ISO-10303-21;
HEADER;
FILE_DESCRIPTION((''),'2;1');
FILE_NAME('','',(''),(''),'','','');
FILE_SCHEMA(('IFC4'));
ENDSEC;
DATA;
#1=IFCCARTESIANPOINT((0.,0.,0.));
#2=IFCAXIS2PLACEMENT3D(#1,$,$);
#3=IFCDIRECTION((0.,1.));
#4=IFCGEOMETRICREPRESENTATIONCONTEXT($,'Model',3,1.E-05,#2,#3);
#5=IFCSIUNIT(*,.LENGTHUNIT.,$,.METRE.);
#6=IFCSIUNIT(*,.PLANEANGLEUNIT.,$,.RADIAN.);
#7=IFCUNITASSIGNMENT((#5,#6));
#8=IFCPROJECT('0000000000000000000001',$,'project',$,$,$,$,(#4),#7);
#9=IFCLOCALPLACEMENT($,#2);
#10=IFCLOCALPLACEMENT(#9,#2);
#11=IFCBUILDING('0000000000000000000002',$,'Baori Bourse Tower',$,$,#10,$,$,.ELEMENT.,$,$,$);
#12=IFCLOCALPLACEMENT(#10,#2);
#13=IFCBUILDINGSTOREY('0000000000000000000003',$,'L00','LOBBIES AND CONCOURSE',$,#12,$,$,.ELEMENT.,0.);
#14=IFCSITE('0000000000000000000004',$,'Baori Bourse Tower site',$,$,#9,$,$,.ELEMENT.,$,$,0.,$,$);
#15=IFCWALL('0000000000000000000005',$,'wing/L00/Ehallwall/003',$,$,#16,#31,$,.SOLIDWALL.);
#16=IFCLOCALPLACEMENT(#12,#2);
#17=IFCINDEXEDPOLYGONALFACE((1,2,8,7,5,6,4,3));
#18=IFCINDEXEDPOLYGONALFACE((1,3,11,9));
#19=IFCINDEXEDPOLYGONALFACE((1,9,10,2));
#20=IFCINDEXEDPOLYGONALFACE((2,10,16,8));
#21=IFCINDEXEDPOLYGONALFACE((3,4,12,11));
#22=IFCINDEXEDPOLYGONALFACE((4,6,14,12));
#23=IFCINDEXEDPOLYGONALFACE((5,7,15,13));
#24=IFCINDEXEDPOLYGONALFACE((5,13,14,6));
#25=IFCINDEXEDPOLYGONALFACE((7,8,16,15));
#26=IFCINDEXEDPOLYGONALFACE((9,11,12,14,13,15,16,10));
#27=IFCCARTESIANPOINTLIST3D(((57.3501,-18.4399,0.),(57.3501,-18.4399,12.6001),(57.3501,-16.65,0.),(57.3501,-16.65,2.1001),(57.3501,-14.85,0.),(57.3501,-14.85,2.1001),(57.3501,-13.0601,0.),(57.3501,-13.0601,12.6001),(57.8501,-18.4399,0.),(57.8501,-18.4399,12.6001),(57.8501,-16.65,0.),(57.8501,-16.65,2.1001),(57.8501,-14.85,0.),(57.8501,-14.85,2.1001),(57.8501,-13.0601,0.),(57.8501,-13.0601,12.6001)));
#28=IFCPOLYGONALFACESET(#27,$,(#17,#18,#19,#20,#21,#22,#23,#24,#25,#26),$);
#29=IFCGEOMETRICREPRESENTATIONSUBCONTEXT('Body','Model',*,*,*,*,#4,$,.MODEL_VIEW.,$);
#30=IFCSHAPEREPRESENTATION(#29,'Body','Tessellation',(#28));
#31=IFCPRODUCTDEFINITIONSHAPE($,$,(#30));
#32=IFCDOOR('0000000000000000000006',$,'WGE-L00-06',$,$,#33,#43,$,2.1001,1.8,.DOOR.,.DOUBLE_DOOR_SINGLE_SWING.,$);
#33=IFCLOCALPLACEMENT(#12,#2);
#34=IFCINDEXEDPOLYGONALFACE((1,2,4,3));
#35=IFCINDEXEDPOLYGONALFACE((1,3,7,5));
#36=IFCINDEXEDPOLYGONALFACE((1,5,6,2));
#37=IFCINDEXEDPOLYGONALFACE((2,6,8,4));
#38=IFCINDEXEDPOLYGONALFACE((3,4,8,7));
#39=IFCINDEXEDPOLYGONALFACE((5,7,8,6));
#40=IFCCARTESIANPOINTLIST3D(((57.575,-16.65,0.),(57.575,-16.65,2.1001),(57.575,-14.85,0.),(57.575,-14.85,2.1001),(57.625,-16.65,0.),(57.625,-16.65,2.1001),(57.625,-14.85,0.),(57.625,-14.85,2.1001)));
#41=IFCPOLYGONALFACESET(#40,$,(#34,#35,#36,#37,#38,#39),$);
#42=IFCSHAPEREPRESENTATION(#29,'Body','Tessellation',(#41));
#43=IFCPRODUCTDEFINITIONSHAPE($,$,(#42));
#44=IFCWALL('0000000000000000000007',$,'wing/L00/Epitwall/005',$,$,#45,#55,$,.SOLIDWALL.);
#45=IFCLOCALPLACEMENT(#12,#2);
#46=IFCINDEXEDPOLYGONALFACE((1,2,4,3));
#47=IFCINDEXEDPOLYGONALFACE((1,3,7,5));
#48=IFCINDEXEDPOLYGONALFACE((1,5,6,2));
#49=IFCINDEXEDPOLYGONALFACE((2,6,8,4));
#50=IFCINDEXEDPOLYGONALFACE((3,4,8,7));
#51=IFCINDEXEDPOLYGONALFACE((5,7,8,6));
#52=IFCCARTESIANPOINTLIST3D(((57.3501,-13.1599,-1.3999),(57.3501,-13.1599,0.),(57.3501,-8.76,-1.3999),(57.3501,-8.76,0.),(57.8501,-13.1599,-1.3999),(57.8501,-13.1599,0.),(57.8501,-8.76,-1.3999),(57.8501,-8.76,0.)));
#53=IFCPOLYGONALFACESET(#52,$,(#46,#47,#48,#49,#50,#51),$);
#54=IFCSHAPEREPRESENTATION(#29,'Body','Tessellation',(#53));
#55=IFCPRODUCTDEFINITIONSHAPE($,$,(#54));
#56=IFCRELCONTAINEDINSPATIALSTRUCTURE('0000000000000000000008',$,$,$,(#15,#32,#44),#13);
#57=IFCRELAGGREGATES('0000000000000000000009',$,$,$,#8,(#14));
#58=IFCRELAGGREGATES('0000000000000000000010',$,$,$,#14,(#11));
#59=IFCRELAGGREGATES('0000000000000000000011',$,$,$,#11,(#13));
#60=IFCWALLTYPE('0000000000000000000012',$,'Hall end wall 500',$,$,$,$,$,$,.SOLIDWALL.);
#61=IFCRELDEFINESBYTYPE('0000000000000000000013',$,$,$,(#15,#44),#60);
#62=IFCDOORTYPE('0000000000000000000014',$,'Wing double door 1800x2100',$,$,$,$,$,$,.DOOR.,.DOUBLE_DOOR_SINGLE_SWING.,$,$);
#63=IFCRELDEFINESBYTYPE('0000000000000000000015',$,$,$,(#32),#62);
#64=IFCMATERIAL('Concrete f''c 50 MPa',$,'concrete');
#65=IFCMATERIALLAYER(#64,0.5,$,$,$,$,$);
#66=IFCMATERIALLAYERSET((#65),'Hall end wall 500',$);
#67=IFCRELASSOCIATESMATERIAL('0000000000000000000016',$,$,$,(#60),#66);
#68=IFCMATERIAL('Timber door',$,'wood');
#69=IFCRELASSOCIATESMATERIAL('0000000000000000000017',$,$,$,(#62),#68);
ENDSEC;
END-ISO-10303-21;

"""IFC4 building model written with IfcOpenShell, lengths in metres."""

from ifc_helpers import new_model, si_unit, direction, frame, frame_2d, origin, place, context, subcontext, project, spatial, rectangle, extrude, material, layer, layer_set, type_object, element, fill, save


model = new_model("IFC4")

# Units and contexts
model_context = context("Model", 3, precision=1e-05, world=origin(), true_north=direction((0.0, 1.0)))
body_context = subcontext(model_context, "Body", "Model", "MODEL_VIEW")
ifc_project = project(units=[si_unit("LENGTHUNIT", "METRE"), si_unit("PLANEANGLEUNIT", "RADIAN")], contexts=[model_context])

# Site, building, storey
site_placement = place(None, origin())
site = spatial("IfcSite", under=ifc_project, at=site_placement, Name="Baori Bourse Tower site", CompositionType="ELEMENT", RefElevation=0.0)
building_placement = place(site_placement, origin())
building = spatial("IfcBuilding", under=site, at=building_placement, Name="Baori Bourse Tower", CompositionType="ELEMENT")
storey_placement = place(building_placement, origin())
storey = spatial("IfcBuildingStorey", under=building, at=storey_placement, Name="L00", Description="LOBBIES AND CONCOURSE", CompositionType="ELEMENT", Elevation=0.0)

# Shared definitions
ifc_material_1 = material(Name="Concrete f'c 50 MPa", Category="concrete")
ifc_layer = layer(ifc_material_1, 0.5)
ifc_layer_set = layer_set([ifc_layer], Name="Hall end wall 500")
wall_type = type_object("IfcWallType", Name="Hall end wall 500", PredefinedType="SOLIDWALL", material=ifc_layer_set)

# Wall, opening, door
wall_1_placement = place(storey_placement, frame((57.6001, -13.0601, 0.0), z_axis=(0.0, 0.0, 1.0), x_axis=(0.0, -1.0, 0.0)))
wall_1 = element("IfcWall", 1, at=wall_1_placement, inside=storey, type_object=wall_type, Name="wing/L00/Ehallwall/003", PredefinedType="SOLIDWALL", context=body_context, shape_type="SweptSolid", body=[
    extrude(rectangle(XDim=5.3799, YDim=0.5, at=frame_2d((2.6899, 0.0))), origin(), (0.0, 0.0, 1.0), 12.6001),
])
opening_placement = place(wall_1_placement, frame((1.79, 0.0, 0.0)))
opening = element("IfcOpeningElement", 2, at=opening_placement, cuts=wall_1, PredefinedType="OPENING", context=body_context, shape_type="SweptSolid", body=[
    extrude(rectangle(XDim=1.8, YDim=2.1001, at=frame_2d((0.8999, 1.05))), frame((0.0, 0.26, 0.0), z_axis=(0.0, -1.0, 0.0), x_axis=(1.0, 0.0, 0.0)), (0.0, 0.0, 1.0), 0.52),
])
ifc_material_2 = material(Name="Timber door", Category="wood")
door_type = type_object("IfcDoorType", Name="Wing double door 1800x2100", OperationType="DOUBLE_DOOR_SINGLE_SWING", PredefinedType="DOOR", material=ifc_material_2)
door_placement = place(opening_placement, origin())
door = element("IfcDoor", 3, at=door_placement, inside=storey, type_object=door_type, Name="WGE-L00-06", OperationType="DOUBLE_DOOR_SINGLE_SWING", OverallHeight=2.1001, OverallWidth=1.8, PredefinedType="DOOR", context=body_context, shape_type="SweptSolid", body=[
    extrude(rectangle(XDim=1.8, YDim=2.1001, at=frame_2d((0.8999, 1.05))), frame((0.0, 0.0249, 0.0), z_axis=(0.0, -1.0, 0.0), x_axis=(1.0, 0.0, 0.0)), (0.0, 0.0, 1.0), 0.05),
])
fill(opening, door)

# Wall
wall_2_placement = place(storey_placement, frame((57.6001, -8.76, -1.3999), z_axis=(0.0, 0.0, 1.0), x_axis=(0.0, -1.0, 0.0)))
element("IfcWall", 4, at=wall_2_placement, inside=storey, type_object=wall_type, Name="wing/L00/Epitwall/005", PredefinedType="SOLIDWALL", context=body_context, shape_type="SweptSolid", body=[
    extrude(rectangle(XDim=4.3999, YDim=0.5, at=frame_2d((2.2, 0.0))), origin(), (0.0, 0.0, 1.0), 1.3999),
])

save(model, "model.ifc")
